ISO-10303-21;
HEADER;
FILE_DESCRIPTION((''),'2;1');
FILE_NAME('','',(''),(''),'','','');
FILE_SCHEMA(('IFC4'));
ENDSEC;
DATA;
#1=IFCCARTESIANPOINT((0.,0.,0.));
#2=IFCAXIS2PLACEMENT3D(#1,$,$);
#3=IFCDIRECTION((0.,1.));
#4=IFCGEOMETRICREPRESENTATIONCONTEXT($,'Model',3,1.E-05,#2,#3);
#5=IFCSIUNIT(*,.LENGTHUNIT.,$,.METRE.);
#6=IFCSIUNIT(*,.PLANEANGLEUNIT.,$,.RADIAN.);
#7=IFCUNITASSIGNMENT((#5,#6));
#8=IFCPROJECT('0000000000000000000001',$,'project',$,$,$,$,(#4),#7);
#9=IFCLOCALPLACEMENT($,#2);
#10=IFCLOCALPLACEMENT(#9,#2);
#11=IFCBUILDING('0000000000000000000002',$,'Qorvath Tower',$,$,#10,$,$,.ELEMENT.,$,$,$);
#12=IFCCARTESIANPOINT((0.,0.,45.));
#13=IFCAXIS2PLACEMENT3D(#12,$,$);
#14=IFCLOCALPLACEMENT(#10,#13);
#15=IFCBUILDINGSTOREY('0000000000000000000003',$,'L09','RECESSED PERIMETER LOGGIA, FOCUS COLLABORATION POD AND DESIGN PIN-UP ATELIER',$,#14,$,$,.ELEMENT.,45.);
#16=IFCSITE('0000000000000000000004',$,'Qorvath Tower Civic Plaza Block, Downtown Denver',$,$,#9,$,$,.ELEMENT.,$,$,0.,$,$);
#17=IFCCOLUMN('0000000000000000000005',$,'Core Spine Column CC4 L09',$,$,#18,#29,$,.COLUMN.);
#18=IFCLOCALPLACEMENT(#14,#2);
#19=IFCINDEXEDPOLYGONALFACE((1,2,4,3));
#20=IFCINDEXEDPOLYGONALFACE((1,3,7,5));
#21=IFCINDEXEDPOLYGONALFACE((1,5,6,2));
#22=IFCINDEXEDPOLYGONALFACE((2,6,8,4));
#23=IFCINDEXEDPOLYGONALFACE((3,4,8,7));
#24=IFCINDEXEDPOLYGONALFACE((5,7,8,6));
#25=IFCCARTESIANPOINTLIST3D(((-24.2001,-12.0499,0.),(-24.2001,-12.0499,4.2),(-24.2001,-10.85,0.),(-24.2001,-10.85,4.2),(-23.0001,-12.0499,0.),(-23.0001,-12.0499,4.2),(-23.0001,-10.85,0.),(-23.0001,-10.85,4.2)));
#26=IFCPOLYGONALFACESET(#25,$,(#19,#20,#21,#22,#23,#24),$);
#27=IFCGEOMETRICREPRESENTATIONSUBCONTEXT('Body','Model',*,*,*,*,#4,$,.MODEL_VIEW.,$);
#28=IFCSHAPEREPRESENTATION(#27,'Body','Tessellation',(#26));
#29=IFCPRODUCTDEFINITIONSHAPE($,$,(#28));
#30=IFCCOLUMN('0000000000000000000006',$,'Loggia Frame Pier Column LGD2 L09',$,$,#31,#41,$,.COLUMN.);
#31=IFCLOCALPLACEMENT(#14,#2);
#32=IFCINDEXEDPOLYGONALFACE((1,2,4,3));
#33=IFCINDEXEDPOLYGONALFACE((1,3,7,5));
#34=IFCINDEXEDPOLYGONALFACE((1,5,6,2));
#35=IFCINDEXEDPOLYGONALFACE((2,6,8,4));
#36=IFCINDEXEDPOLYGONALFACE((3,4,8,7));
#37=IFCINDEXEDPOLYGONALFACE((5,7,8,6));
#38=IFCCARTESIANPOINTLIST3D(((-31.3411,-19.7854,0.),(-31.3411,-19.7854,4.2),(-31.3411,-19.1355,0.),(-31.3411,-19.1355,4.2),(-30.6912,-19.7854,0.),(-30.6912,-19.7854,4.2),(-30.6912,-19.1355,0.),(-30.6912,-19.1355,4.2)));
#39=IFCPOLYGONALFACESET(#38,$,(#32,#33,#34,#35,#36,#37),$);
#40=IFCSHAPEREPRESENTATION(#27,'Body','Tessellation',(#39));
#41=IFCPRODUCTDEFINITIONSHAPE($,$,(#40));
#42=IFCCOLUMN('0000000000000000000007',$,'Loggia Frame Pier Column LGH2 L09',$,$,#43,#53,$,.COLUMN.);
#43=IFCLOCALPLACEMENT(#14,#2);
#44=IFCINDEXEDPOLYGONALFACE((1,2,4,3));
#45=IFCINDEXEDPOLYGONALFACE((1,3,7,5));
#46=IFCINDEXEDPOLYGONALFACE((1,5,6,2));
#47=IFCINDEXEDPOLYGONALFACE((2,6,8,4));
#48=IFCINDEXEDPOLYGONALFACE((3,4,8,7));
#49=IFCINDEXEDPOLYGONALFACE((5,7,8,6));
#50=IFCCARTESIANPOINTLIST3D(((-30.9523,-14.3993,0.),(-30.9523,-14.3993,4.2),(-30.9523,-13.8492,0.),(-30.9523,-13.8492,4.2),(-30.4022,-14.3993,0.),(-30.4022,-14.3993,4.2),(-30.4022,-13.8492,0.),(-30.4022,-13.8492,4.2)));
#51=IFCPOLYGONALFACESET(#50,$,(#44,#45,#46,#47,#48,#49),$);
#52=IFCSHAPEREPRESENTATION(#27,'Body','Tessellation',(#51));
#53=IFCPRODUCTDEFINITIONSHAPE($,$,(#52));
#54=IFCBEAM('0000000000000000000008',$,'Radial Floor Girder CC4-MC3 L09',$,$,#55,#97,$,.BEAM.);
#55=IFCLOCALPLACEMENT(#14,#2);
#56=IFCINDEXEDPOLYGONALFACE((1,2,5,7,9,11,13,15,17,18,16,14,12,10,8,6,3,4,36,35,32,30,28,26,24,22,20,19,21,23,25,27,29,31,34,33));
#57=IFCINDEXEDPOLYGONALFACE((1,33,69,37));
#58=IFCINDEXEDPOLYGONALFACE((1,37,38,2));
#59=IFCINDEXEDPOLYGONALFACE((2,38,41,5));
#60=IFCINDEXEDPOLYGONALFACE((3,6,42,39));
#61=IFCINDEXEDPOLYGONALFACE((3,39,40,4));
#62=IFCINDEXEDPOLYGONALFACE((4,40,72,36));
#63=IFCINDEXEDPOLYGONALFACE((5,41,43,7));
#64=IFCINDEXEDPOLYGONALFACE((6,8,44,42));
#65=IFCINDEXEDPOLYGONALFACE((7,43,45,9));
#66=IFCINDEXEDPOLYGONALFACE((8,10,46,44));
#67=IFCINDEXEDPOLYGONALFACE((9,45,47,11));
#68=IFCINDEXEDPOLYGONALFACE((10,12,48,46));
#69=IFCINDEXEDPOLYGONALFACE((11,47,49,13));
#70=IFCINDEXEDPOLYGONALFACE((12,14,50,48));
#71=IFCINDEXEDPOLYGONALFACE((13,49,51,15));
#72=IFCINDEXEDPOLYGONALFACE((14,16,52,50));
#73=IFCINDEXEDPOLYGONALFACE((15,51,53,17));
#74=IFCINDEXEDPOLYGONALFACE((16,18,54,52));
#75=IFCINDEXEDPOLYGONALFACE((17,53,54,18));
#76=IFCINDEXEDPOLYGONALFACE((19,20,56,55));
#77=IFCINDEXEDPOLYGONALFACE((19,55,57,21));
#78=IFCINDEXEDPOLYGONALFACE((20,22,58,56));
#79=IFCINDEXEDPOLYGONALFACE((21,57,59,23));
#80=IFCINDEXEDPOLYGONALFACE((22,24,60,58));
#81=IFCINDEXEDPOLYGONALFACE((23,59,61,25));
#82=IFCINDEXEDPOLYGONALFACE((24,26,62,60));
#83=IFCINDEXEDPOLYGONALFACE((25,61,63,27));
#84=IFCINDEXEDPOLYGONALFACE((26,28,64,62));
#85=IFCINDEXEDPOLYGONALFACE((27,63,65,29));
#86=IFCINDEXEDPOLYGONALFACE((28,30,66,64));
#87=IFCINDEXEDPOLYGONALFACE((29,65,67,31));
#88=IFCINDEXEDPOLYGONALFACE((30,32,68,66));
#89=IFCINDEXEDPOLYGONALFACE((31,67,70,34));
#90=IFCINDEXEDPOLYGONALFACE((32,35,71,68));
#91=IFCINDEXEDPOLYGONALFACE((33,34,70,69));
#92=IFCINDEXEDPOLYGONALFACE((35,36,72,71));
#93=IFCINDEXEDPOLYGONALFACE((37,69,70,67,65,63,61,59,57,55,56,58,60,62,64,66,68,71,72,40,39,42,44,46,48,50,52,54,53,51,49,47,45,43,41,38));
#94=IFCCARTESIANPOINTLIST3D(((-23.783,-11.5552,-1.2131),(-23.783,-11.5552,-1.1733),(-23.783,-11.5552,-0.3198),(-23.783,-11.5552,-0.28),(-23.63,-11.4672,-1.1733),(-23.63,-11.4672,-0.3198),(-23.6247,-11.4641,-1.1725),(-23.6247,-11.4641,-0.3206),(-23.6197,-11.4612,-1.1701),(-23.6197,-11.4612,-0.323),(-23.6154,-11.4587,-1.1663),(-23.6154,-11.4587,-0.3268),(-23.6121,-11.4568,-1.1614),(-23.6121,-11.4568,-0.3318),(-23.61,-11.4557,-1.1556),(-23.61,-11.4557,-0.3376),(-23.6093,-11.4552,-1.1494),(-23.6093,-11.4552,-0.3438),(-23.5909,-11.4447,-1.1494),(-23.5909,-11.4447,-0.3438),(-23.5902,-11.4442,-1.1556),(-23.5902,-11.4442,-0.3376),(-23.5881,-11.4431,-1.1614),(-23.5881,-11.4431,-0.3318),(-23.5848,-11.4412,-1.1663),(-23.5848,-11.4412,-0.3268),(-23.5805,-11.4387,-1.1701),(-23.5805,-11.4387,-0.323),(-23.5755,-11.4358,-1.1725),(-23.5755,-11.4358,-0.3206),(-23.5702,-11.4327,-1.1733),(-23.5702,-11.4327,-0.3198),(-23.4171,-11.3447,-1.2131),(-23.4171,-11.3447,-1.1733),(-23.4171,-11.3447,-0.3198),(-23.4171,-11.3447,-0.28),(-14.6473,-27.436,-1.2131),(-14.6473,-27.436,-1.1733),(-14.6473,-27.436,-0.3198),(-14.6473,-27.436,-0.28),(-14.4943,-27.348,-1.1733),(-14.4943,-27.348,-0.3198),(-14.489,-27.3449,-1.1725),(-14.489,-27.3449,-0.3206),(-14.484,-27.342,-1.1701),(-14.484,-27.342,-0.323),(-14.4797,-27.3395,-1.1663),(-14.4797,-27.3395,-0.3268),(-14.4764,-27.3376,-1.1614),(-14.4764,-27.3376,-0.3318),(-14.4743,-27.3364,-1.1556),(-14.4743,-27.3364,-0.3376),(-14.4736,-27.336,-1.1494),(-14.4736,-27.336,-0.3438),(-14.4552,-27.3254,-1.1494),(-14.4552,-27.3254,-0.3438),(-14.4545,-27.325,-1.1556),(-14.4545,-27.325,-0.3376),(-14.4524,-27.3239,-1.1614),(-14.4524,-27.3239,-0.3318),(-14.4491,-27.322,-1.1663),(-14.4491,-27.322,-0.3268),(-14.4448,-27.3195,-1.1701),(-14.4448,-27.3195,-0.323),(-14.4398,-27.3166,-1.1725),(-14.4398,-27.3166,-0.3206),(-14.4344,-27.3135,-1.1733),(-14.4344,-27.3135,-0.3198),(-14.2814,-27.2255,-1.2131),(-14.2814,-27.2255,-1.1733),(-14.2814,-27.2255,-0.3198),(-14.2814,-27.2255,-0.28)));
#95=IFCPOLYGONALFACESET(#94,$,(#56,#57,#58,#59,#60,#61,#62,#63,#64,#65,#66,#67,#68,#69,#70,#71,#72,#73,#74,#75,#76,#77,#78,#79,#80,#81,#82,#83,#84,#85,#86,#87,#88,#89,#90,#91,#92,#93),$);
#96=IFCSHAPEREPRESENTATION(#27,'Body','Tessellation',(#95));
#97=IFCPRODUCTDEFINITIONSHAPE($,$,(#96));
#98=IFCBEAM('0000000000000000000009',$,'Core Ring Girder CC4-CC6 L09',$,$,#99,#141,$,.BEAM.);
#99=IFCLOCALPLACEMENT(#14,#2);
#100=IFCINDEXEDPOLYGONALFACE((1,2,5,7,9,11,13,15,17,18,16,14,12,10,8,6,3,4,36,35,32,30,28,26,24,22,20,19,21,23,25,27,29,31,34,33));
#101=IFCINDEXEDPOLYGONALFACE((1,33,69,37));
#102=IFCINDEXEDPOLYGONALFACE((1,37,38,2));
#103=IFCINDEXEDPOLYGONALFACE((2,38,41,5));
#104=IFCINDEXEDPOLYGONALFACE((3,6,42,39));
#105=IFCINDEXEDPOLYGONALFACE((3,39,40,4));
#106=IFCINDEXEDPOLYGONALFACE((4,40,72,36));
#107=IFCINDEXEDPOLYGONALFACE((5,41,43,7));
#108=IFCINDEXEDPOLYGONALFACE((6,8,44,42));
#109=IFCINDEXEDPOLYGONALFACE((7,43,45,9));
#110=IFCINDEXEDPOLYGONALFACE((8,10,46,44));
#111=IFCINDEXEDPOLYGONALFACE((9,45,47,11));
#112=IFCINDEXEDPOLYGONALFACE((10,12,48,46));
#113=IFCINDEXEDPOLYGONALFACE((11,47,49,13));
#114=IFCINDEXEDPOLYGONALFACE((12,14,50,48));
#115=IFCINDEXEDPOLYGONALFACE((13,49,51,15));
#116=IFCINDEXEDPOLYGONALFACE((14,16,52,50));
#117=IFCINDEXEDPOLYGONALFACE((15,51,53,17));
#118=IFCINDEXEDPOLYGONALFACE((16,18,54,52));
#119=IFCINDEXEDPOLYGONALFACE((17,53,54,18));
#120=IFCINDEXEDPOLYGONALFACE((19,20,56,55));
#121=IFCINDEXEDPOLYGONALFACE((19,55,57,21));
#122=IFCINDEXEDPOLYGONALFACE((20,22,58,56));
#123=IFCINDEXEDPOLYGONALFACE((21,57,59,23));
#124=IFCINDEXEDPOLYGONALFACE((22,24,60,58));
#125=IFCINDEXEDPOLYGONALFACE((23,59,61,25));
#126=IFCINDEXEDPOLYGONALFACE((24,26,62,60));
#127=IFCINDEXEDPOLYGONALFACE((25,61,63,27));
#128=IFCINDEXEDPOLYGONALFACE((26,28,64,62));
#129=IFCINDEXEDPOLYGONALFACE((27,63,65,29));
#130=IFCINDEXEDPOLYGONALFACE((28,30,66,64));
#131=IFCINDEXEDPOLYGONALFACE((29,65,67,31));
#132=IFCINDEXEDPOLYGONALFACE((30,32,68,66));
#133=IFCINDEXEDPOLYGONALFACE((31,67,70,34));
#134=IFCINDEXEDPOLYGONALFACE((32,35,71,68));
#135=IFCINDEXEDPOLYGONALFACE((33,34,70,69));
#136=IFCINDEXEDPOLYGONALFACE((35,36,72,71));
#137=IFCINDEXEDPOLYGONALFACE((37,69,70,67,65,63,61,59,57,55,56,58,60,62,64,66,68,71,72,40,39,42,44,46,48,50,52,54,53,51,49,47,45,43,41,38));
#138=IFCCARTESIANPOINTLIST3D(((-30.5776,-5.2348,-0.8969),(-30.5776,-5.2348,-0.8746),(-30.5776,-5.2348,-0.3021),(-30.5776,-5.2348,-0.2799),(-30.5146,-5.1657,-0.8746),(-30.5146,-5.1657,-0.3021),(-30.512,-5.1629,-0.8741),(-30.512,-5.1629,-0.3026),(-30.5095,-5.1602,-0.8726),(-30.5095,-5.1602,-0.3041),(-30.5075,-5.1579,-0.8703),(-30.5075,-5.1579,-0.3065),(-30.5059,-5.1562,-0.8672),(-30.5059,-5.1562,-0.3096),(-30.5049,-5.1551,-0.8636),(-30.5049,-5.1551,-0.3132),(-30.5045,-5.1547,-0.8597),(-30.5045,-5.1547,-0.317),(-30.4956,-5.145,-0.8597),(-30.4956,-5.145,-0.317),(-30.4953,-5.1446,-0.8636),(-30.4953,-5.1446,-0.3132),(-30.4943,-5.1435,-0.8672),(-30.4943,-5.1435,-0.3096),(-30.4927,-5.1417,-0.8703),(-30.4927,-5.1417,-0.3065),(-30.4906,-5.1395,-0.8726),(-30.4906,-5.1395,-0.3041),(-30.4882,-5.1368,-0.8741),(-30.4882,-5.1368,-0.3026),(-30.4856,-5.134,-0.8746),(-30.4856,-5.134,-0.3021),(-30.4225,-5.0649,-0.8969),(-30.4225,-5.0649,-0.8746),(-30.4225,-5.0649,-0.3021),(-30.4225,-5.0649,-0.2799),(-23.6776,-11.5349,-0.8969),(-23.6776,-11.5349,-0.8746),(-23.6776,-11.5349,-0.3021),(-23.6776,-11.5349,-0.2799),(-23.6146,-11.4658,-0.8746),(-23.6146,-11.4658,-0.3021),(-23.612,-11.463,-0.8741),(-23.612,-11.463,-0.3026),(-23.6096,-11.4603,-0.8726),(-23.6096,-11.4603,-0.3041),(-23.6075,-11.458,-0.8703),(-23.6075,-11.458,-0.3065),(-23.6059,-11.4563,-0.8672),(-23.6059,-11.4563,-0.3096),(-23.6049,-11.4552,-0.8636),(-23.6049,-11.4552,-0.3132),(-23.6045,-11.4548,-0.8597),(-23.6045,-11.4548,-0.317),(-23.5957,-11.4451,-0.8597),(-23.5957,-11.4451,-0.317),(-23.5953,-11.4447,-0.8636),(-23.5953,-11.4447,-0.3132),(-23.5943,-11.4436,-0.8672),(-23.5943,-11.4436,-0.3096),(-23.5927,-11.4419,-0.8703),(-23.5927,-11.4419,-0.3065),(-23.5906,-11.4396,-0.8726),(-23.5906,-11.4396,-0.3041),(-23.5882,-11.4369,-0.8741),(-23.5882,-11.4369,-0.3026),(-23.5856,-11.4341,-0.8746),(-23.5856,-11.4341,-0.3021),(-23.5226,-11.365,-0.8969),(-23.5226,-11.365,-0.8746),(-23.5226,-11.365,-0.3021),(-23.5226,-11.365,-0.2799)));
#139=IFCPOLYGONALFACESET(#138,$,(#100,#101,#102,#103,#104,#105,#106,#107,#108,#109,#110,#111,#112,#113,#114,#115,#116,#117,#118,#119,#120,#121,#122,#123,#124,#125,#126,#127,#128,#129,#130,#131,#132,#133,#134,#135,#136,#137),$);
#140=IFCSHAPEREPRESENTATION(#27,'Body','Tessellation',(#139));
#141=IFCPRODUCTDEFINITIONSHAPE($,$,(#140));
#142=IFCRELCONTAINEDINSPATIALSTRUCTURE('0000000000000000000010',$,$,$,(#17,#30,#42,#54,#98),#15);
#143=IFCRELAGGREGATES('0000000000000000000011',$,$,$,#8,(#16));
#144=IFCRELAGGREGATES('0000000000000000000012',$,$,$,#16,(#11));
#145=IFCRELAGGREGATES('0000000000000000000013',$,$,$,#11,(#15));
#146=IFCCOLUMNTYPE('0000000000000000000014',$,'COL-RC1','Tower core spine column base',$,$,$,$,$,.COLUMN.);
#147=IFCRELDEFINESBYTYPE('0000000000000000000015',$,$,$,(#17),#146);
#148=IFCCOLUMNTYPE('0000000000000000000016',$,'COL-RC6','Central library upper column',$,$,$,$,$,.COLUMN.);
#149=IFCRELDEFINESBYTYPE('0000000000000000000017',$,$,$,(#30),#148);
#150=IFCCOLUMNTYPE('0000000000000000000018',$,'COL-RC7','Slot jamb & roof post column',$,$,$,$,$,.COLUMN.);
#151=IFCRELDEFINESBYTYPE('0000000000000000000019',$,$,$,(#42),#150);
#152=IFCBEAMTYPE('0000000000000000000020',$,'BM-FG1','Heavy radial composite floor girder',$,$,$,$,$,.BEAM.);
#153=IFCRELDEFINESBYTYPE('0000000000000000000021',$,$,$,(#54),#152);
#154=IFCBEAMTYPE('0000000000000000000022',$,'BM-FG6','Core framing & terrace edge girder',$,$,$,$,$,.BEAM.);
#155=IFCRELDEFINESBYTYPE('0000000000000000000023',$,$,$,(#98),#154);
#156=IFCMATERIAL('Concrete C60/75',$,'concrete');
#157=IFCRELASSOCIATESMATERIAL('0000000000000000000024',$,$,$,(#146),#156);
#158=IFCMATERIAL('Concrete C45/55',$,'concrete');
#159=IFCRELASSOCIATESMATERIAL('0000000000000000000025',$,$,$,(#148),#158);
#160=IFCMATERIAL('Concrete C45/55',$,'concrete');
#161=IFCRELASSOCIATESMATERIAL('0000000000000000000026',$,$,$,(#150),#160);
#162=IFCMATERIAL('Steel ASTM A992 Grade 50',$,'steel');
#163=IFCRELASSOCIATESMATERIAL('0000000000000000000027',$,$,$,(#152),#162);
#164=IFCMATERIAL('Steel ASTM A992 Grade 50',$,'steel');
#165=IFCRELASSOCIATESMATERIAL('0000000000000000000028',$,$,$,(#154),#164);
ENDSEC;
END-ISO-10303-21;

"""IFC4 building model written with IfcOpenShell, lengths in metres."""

from ifc_helpers import new_model, si_unit, direction, frame, origin, origin_2d, place, context, subcontext, project, spatial, rectangle, i_section, extrude, material, material_profile, profile_set, type_object, element, save


model = new_model("IFC4")

# Units and contexts
model_context = context("Model", 3, precision=1e-05, world=origin(), true_north=direction((0.0, 1.0)))
body_context = subcontext(model_context, "Body", "Model", "MODEL_VIEW")
ifc_project = project(units=[si_unit("LENGTHUNIT", "METRE"), si_unit("PLANEANGLEUNIT", "RADIAN")], contexts=[model_context])

# Site, building, storey
site_placement = place(None, origin())
site = spatial("IfcSite", under=ifc_project, at=site_placement, Name="Qorvath Tower Civic Plaza Block, Downtown Denver", CompositionType="ELEMENT", RefElevation=0.0)
building_placement = place(site_placement, origin())
building = spatial("IfcBuilding", under=site, at=building_placement, Name="Qorvath Tower", CompositionType="ELEMENT")
storey_placement = place(building_placement, frame((0.0, 0.0, 45.0)))
storey = spatial("IfcBuildingStorey", under=building, at=storey_placement, Name="L09", Description="RECESSED PERIMETER LOGGIA, FOCUS COLLABORATION POD AND DESIGN PIN-UP ATELIER", CompositionType="ELEMENT", Elevation=45.0)

# Columns
ifc_material_1 = material(Name="Concrete C60/75", Category="concrete")
ifc_material_profile_1 = material_profile(ifc_material_1, rectangle(XDim=1.2, YDim=1.2, at=origin_2d()), Name="RC 1200x1200")
ifc_profile_set_1 = profile_set([ifc_material_profile_1], Name="Concrete C60/75")
column_type_1 = type_object("IfcColumnType", Name="COL-RC1", Description="Tower core spine column base", PredefinedType="COLUMN", material=ifc_profile_set_1)
column_1_placement = place(storey_placement, frame((-23.6001, -11.45, 0.0), z_axis=(0.0, 0.0, 1.0), x_axis=(1.0, 0.0, 0.0)))
element("IfcColumn", 1, at=column_1_placement, inside=storey, type_object=column_type_1, Name="Core Spine Column CC4 L09", PredefinedType="COLUMN", context=body_context, shape_type="SweptSolid", body=[
    extrude(rectangle(XDim=1.2, YDim=1.2, at=origin_2d()), origin(), (0.0, 0.0, 1.0), 4.2),
])
ifc_material_2 = material(Name="Concrete C45/55", Category="concrete")
ifc_material_profile_2 = material_profile(ifc_material_2, rectangle(XDim=0.6499, YDim=0.6499, at=origin_2d()), Name="RC 650x650")
ifc_profile_set_2 = profile_set([ifc_material_profile_2], Name="Concrete C45/55")
column_type_2 = type_object("IfcColumnType", Name="COL-RC6", Description="Central library upper column", PredefinedType="COLUMN", material=ifc_profile_set_2)
column_2_placement = place(storey_placement, frame((-31.0161, -19.4604, 0.0), z_axis=(0.0, 0.0, 1.0), x_axis=(1.0, 0.0, 0.0)))
element("IfcColumn", 2, at=column_2_placement, inside=storey, type_object=column_type_2, Name="Loggia Frame Pier Column LGD2 L09", PredefinedType="COLUMN", context=body_context, shape_type="SweptSolid", body=[
    extrude(rectangle(XDim=0.6499, YDim=0.6499, at=origin_2d()), origin(), (0.0, 0.0, 1.0), 4.2),
])
ifc_material_3 = material(Name="Concrete C45/55", Category="concrete")
ifc_material_profile_3 = material_profile(ifc_material_3, rectangle(XDim=0.55, YDim=0.55, at=origin_2d()), Name="RC 550x550")
ifc_profile_set_3 = profile_set([ifc_material_profile_3], Name="Concrete C45/55")
column_type_3 = type_object("IfcColumnType", Name="COL-RC7", Description="Slot jamb & roof post column", PredefinedType="COLUMN", material=ifc_profile_set_3)
column_3_placement = place(storey_placement, frame((-30.6772, -14.1243, 0.0), z_axis=(0.0, 0.0, 1.0), x_axis=(1.0, 0.0, 0.0)))
element("IfcColumn", 3, at=column_3_placement, inside=storey, type_object=column_type_3, Name="Loggia Frame Pier Column LGH2 L09", PredefinedType="COLUMN", context=body_context, shape_type="SweptSolid", body=[
    extrude(rectangle(XDim=0.55, YDim=0.55, at=origin_2d()), origin(), (0.0, 0.0, 1.0), 4.2),
])

# Beams
ifc_material_4 = material(Name="Steel ASTM A992 Grade 50", Category="steel")
ifc_material_profile_4 = material_profile(ifc_material_4, i_section(OverallWidth=0.4221, OverallDepth=0.9331, WebThickness=0.0212, FlangeThickness=0.0398, FilletRadius=0.0239, at=origin_2d()), Name="W36x262")
ifc_profile_set_4 = profile_set([ifc_material_profile_4], Name="Steel ASTM A992 Grade 50")
beam_type_1 = type_object("IfcBeamType", Name="BM-FG1", Description="Heavy radial composite floor girder", PredefinedType="BEAM", material=ifc_profile_set_4)
beam_1_placement = place(storey_placement, frame((-23.6001, -11.45, -0.7466), z_axis=(0.498645, -0.866806, 0.0), x_axis=(0.866806, 0.498645, 0.0)))
element("IfcBeam", 4, at=beam_1_placement, inside=storey, type_object=beam_type_1, Name="Radial Floor Girder CC4-MC3 L09", PredefinedType="BEAM", context=body_context, shape_type="SweptSolid", body=[
    extrude(i_section(OverallWidth=0.4221, OverallDepth=0.9331, WebThickness=0.0212, FlangeThickness=0.0398, FilletRadius=0.0239, at=origin_2d()), origin(), (0.0, 0.0, 1.0), 18.321),
])
ifc_material_5 = material(Name="Steel ASTM A992 Grade 50", Category="steel")
ifc_material_profile_5 = material_profile(ifc_material_5, i_section(OverallWidth=0.23, OverallDepth=0.6169, WebThickness=0.0132, FlangeThickness=0.0222, FilletRadius=0.0149, at=origin_2d()), Name="W24x94")
ifc_profile_set_5 = profile_set([ifc_material_profile_5], Name="Steel ASTM A992 Grade 50")
beam_type_2 = type_object("IfcBeamType", Name="BM-FG6", Description="Core framing & terrace edge girder", PredefinedType="BEAM", material=ifc_profile_set_5)
beam_2_placement = place(storey_placement, frame((-23.6001, -11.45, -0.5884), z_axis=(-0.738478, 0.674277, 0.0), x_axis=(-0.674277, -0.738478, 0.0)))
element("IfcBeam", 5, at=beam_2_placement, inside=storey, type_object=beam_type_2, Name="Core Ring Girder CC4-CC6 L09", PredefinedType="BEAM", context=body_context, shape_type="SweptSolid", body=[
    extrude(i_section(OverallWidth=0.23, OverallDepth=0.6169, WebThickness=0.0132, FlangeThickness=0.0222, FilletRadius=0.0149, at=origin_2d()), origin(), (0.0, 0.0, 1.0), 9.3435),
])

save(model, "model.ifc")
